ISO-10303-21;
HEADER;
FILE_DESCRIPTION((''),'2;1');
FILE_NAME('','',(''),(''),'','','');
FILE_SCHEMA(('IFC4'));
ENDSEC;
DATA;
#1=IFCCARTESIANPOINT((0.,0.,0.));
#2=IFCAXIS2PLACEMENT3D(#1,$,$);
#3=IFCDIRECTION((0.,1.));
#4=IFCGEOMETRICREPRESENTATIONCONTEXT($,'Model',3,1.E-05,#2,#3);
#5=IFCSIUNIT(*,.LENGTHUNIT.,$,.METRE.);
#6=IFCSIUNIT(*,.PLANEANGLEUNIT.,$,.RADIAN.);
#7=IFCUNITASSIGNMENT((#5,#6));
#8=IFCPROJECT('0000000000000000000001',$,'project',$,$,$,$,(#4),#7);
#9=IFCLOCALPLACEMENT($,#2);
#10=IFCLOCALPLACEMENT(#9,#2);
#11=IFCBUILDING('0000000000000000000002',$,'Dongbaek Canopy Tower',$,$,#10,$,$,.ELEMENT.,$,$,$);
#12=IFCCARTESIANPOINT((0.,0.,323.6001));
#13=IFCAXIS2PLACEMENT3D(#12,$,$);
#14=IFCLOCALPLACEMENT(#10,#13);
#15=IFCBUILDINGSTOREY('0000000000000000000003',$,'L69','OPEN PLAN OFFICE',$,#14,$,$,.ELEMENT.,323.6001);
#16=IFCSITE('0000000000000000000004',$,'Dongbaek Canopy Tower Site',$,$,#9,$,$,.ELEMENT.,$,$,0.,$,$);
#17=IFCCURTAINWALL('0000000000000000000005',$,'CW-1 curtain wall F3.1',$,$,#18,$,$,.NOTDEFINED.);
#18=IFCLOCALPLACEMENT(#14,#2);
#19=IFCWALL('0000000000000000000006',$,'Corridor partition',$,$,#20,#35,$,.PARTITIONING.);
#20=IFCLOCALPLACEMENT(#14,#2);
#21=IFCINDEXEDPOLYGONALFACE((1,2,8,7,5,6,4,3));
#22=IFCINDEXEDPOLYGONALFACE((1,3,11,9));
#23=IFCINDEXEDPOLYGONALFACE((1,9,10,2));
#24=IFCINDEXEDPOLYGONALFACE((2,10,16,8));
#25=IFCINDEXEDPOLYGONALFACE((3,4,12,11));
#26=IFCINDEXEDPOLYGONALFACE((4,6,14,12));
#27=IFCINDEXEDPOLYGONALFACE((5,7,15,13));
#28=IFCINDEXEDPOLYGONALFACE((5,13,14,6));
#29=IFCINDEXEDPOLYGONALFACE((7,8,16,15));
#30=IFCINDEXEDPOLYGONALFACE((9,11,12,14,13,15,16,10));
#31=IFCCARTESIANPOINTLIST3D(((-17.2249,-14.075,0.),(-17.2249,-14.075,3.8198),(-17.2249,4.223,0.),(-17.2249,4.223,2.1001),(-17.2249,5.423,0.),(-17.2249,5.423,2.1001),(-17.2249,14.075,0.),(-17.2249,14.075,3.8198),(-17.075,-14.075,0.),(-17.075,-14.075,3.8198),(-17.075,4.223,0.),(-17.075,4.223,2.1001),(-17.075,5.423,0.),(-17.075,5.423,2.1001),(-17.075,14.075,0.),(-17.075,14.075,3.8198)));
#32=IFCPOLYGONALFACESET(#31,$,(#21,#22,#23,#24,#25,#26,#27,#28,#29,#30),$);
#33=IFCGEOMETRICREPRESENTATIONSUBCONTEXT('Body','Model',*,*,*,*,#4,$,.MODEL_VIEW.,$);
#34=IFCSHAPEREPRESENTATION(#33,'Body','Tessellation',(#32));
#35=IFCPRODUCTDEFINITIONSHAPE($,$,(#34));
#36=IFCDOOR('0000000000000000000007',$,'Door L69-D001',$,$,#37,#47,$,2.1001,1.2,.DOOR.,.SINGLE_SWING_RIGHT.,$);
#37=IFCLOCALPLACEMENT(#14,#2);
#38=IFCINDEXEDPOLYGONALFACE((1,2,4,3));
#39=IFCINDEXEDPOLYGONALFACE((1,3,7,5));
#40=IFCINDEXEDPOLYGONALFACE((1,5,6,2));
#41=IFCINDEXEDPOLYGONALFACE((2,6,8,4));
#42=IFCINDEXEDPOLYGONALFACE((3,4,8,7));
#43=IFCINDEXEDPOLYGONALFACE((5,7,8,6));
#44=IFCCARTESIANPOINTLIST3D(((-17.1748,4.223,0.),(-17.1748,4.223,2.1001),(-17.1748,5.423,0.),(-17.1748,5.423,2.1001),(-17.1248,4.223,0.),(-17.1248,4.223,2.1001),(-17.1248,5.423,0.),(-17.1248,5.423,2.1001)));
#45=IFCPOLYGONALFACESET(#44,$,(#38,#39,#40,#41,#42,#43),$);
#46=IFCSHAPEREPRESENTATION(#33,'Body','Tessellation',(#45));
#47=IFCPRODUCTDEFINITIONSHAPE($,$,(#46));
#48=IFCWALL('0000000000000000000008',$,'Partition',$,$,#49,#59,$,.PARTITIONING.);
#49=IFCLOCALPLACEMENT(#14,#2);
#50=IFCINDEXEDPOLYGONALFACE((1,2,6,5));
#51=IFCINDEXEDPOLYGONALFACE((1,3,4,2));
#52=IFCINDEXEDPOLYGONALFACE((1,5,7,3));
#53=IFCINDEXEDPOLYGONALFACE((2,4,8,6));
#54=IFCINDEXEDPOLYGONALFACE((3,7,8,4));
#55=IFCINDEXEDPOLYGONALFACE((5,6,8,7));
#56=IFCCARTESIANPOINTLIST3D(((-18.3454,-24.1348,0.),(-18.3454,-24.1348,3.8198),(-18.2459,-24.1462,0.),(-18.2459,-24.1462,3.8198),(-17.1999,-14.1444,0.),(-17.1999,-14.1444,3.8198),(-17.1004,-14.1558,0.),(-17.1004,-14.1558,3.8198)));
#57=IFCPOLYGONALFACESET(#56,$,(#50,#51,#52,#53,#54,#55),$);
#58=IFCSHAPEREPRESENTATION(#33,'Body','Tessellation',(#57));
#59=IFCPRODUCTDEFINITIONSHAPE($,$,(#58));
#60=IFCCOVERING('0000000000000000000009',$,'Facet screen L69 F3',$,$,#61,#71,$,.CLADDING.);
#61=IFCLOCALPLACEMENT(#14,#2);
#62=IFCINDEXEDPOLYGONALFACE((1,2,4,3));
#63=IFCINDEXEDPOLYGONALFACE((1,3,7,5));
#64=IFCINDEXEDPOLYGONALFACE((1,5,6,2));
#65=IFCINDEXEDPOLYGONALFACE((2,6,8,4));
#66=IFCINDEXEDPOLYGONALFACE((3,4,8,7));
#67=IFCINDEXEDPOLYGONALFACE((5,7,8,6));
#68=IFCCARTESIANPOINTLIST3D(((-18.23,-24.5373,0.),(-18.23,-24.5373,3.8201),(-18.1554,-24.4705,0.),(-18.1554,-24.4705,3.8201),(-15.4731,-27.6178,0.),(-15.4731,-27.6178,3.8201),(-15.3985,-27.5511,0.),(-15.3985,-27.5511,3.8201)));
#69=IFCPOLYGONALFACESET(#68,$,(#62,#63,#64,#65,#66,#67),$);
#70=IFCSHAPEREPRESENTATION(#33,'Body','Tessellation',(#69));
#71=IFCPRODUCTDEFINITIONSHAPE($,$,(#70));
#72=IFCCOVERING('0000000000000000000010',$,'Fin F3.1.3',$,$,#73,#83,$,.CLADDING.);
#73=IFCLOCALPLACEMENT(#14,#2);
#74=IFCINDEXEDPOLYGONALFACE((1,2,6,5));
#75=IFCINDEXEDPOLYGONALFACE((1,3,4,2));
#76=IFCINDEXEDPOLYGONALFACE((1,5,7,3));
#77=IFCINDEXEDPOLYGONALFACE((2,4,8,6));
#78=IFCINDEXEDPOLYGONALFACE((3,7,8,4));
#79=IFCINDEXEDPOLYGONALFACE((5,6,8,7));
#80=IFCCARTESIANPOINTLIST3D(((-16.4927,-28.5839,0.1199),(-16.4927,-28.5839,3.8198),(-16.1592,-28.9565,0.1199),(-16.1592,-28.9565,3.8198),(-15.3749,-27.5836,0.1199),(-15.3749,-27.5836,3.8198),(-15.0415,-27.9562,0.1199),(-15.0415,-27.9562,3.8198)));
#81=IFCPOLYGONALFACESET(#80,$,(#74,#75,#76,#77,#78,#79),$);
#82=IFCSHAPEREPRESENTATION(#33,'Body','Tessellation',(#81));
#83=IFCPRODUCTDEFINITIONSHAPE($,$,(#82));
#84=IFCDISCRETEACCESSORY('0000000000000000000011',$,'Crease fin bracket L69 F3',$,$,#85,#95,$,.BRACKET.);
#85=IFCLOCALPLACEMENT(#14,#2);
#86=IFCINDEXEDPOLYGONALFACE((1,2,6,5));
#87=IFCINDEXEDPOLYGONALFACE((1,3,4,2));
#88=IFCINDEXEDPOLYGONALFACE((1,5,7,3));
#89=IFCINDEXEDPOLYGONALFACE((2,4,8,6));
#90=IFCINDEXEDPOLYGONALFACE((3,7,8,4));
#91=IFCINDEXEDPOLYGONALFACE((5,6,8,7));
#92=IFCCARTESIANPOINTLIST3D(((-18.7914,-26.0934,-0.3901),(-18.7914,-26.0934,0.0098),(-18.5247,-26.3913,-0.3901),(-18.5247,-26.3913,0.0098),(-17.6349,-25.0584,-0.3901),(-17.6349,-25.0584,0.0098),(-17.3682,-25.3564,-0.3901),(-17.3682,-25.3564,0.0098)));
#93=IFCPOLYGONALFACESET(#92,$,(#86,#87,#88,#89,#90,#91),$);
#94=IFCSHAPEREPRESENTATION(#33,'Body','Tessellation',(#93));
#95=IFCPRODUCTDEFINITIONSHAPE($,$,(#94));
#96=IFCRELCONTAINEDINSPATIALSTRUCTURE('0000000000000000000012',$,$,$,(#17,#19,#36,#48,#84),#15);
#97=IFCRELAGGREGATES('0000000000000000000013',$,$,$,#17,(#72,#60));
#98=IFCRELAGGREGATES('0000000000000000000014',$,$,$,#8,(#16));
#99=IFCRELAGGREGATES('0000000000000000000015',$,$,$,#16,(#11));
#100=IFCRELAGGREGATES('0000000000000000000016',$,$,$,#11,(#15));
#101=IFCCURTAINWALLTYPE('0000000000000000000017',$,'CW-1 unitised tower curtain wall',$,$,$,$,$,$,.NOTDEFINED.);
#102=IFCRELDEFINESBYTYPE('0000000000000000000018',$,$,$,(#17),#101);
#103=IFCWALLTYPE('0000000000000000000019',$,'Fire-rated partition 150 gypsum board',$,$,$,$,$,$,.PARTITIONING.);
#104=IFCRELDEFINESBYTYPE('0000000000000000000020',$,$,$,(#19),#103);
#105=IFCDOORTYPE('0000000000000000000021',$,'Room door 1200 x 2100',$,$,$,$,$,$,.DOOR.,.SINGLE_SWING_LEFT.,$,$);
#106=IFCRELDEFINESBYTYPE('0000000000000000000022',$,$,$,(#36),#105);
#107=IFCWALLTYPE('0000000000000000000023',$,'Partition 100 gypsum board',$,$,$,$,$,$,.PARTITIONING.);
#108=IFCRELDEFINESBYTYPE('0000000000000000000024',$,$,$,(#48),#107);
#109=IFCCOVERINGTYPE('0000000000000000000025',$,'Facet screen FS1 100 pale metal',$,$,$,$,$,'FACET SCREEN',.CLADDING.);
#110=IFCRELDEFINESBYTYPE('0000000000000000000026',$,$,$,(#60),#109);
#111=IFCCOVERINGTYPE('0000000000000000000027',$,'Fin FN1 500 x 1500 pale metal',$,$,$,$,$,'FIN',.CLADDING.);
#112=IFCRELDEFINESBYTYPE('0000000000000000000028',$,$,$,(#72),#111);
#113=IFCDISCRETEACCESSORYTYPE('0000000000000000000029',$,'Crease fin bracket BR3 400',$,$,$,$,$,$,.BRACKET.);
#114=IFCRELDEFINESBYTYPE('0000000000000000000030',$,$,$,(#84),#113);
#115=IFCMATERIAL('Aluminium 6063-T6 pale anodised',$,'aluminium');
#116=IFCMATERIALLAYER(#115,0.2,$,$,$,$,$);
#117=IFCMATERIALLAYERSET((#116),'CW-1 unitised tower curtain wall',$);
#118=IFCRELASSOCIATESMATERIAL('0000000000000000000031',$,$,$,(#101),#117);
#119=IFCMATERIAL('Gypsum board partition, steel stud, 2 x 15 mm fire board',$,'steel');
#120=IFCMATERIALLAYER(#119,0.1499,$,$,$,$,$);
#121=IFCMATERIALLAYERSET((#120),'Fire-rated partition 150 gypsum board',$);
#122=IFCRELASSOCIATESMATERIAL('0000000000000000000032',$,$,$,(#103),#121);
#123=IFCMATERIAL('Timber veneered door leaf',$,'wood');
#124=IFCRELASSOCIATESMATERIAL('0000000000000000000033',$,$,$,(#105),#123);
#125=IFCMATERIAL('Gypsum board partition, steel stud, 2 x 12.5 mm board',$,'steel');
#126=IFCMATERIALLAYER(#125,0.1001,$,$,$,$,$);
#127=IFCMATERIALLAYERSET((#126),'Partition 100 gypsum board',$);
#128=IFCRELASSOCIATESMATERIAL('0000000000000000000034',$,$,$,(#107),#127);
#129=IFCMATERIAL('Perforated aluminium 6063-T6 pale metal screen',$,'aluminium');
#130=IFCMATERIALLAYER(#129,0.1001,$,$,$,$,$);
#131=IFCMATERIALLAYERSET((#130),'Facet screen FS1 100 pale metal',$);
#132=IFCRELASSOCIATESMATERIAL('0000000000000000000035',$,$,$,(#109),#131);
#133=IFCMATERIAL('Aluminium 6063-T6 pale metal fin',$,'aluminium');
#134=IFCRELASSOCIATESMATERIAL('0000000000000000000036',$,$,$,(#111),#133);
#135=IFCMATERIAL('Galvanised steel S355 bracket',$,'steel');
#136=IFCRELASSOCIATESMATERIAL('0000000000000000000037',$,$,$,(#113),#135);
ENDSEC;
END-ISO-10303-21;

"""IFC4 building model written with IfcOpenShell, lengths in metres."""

from ifc_helpers import new_model, si_unit, direction, frame, frame_2d, origin, origin_2d, place, context, subcontext, project, spatial, rectangle, extrude, material, layer, layer_set, material_profile, profile_set, type_object, element, fill, aggregate, save


model = new_model("IFC4")

# Units and contexts
model_context = context("Model", 3, precision=1e-05, world=origin(), true_north=direction((0.0, 1.0)))
body_context = subcontext(model_context, "Body", "Model", "MODEL_VIEW")
ifc_project = project(units=[si_unit("LENGTHUNIT", "METRE"), si_unit("PLANEANGLEUNIT", "RADIAN")], contexts=[model_context])

# Site, building, storey
site_placement = place(None, origin())
site = spatial("IfcSite", under=ifc_project, at=site_placement, Name="Dongbaek Canopy Tower Site", CompositionType="ELEMENT", RefElevation=0.0)
building_placement = place(site_placement, origin())
building = spatial("IfcBuilding", under=site, at=building_placement, Name="Dongbaek Canopy Tower", CompositionType="ELEMENT")
storey_placement = place(building_placement, frame((0.0, 0.0, 323.6001)))
storey = spatial("IfcBuildingStorey", under=building, at=storey_placement, Name="L69", Description="OPEN PLAN OFFICE", CompositionType="ELEMENT", Elevation=323.6001)

# Curtain wall
ifc_material_1 = material(Name="Aluminium 6063-T6 pale anodised", Category="aluminium")
ifc_layer_1 = layer(ifc_material_1, 0.2)
ifc_layer_set_1 = layer_set([ifc_layer_1], Name="CW-1 unitised tower curtain wall")
curtain_wall_type = type_object("IfcCurtainWallType", Name="CW-1 unitised tower curtain wall", PredefinedType="NOTDEFINED", material=ifc_layer_set_1)
curtain_wall_placement = place(storey_placement, origin())
curtain_wall = element("IfcCurtainWall", 1, at=curtain_wall_placement, inside=storey, type_object=curtain_wall_type, Name="CW-1 curtain wall F3.1", PredefinedType="NOTDEFINED")

# Wall, opening, door
ifc_material_2 = material(Name="Gypsum board partition, steel stud, 2 x 15 mm fire board", Category="steel")
ifc_layer_2 = layer(ifc_material_2, 0.1499)
ifc_layer_set_2 = layer_set([ifc_layer_2], Name="Fire-rated partition 150 gypsum board")
wall_type_1 = type_object("IfcWallType", Name="Fire-rated partition 150 gypsum board", PredefinedType="PARTITIONING", material=ifc_layer_set_2)
wall_1_placement = place(storey_placement, frame((-17.1499, -14.075, 0.0), z_axis=(0.0, 0.0, 1.0), x_axis=(0.0, 1.0, 0.0)))
wall_1 = element("IfcWall", 2, at=wall_1_placement, inside=storey, type_object=wall_type_1, Name="Corridor partition", PredefinedType="PARTITIONING", context=body_context, shape_type="SweptSolid", body=[
    extrude(rectangle(XDim=28.1499, YDim=0.1499, at=frame_2d((14.075, 0.0))), origin(), (0.0, 0.0, 1.0), 3.8198),
])
opening_1_placement = place(wall_1_placement, frame((18.2979, 0.0, 0.0)))
opening_1 = element("IfcOpeningElement", 3, at=opening_1_placement, cuts=wall_1, PredefinedType="OPENING", context=body_context, shape_type="SweptSolid", body=[
    extrude(rectangle(XDim=1.2, YDim=2.1001, at=frame_2d((0.6001, 1.05))), frame((0.0, 0.085, 0.0), z_axis=(0.0, -1.0, 0.0), x_axis=(1.0, 0.0, 0.0)), (0.0, 0.0, 1.0), 0.1699),
])
ifc_material_3 = material(Name="Timber veneered door leaf", Category="wood")
door_type_1 = type_object("IfcDoorType", Name="Room door 1200 x 2100", OperationType="SINGLE_SWING_LEFT", PredefinedType="DOOR", material=ifc_material_3)
door_1_placement = place(opening_1_placement, origin())
door_1 = element("IfcDoor", 4, at=door_1_placement, inside=storey, type_object=door_type_1, Name="Door L69-D001", OperationType="SINGLE_SWING_RIGHT", OverallHeight=2.1001, OverallWidth=1.2, PredefinedType="DOOR", context=body_context, shape_type="SweptSolid", body=[
    extrude(rectangle(XDim=1.2, YDim=2.1001, at=frame_2d((0.6001, 1.05))), frame((0.0, 0.0249, 0.0), z_axis=(0.0, -1.0, 0.0), x_axis=(1.0, 0.0, 0.0)), (0.0, 0.0, 1.0), 0.05),
])
fill(opening_1, door_1)

# Wall
ifc_material_4 = material(Name="Gypsum board partition, steel stud, 2 x 12.5 mm board", Category="steel")
ifc_layer_3 = layer(ifc_material_4, 0.1001)
ifc_layer_set_3 = layer_set([ifc_layer_3], Name="Partition 100 gypsum board")
wall_type_2 = type_object("IfcWallType", Name="Partition 100 gypsum board", PredefinedType="PARTITIONING", material=ifc_layer_set_3)
wall_2_placement = place(storey_placement, frame((-18.2957, -24.1404, 0.0), z_axis=(0.0, 0.0, 1.0), x_axis=(0.113914, 0.993491, 0.0)))
element("IfcWall", 5, at=wall_2_placement, inside=storey, type_object=wall_type_2, Name="Partition", PredefinedType="PARTITIONING", context=body_context, shape_type="SweptSolid", body=[
    extrude(rectangle(XDim=10.0559, YDim=0.1001, at=frame_2d((5.0278, 0.0))), origin(), (0.0, 0.0, 1.0), 3.8198),
])

# Coverings
ifc_material_5 = material(Name="Perforated aluminium 6063-T6 pale metal screen", Category="aluminium")
ifc_layer_4 = layer(ifc_material_5, 0.1001)
ifc_layer_set_4 = layer_set([ifc_layer_4], Name="Facet screen FS1 100 pale metal")
covering_type_1 = type_object("IfcCoveringType", Name="Facet screen FS1 100 pale metal", ElementType="FACET SCREEN", PredefinedType="CLADDING", material=ifc_layer_set_4)
covering_1_placement = place(storey_placement, frame((-16.8142, -26.0442, 0.0), z_axis=(0.0, 0.0, 1.0), x_axis=(0.66688, -0.745165, 0.0)))
covering_1 = element("IfcCovering", 6, at=covering_1_placement, type_object=covering_type_1, Name="Facet screen L69 F3", PredefinedType="CLADDING", context=body_context, shape_type="SweptSolid", body=[
    extrude(rectangle(XDim=4.134, YDim=0.1001, at=origin_2d()), origin(), (0.0, 0.0, 1.0), 3.8201),
])
ifc_material_6 = material(Name="Aluminium 6063-T6 pale metal fin", Category="aluminium")
ifc_material_profile_1 = material_profile(ifc_material_6, rectangle(XDim=1.5, YDim=0.5, at=origin_2d()), Name="Fin FN1 500 x 1500 pale metal")
ifc_profile_set_1 = profile_set([ifc_material_profile_1], Name="Aluminium 6063-T6 pale metal fin")
covering_type_2 = type_object("IfcCoveringType", Name="Fin FN1 500 x 1500 pale metal", ElementType="FIN", PredefinedType="CLADDING", material=ifc_profile_set_1)
covering_2_placement = place(storey_placement, frame((-15.7671, -28.27, 0.1199), z_axis=(0.0, 0.0, 1.0), x_axis=(-0.745165, -0.66688, 0.0)))
covering_2 = element("IfcCovering", 7, at=covering_2_placement, type_object=covering_type_2, Name="Fin F3.1.3", PredefinedType="CLADDING", context=body_context, shape_type="SweptSolid", body=[
    extrude(rectangle(XDim=1.5, YDim=0.5, at=origin_2d()), origin(), (0.0, 0.0, 1.0), 3.7),
])
aggregate(curtain_wall, [covering_2, covering_1])

# Discrete accessory
ifc_material_7 = material(Name="Galvanised steel S355 bracket", Category="steel")
discrete_accessory_type = type_object("IfcDiscreteAccessoryType", Name="Crease fin bracket BR3 400", PredefinedType="BRACKET", material=ifc_material_7)
discrete_accessory_placement = place(storey_placement, frame((-18.0798, -25.7249, -0.3901), z_axis=(0.0, 0.0, 1.0), x_axis=(-0.745165, -0.66688, 0.0)))
element("IfcDiscreteAccessory", 8, at=discrete_accessory_placement, inside=storey, type_object=discrete_accessory_type, Name="Crease fin bracket L69 F3", PredefinedType="BRACKET", context=body_context, shape_type="SweptSolid", body=[
    extrude(rectangle(XDim=1.552, YDim=0.3999, at=origin_2d()), origin(), (0.0, 0.0, 1.0), 0.3999),
])

save(model, "model.ifc")
